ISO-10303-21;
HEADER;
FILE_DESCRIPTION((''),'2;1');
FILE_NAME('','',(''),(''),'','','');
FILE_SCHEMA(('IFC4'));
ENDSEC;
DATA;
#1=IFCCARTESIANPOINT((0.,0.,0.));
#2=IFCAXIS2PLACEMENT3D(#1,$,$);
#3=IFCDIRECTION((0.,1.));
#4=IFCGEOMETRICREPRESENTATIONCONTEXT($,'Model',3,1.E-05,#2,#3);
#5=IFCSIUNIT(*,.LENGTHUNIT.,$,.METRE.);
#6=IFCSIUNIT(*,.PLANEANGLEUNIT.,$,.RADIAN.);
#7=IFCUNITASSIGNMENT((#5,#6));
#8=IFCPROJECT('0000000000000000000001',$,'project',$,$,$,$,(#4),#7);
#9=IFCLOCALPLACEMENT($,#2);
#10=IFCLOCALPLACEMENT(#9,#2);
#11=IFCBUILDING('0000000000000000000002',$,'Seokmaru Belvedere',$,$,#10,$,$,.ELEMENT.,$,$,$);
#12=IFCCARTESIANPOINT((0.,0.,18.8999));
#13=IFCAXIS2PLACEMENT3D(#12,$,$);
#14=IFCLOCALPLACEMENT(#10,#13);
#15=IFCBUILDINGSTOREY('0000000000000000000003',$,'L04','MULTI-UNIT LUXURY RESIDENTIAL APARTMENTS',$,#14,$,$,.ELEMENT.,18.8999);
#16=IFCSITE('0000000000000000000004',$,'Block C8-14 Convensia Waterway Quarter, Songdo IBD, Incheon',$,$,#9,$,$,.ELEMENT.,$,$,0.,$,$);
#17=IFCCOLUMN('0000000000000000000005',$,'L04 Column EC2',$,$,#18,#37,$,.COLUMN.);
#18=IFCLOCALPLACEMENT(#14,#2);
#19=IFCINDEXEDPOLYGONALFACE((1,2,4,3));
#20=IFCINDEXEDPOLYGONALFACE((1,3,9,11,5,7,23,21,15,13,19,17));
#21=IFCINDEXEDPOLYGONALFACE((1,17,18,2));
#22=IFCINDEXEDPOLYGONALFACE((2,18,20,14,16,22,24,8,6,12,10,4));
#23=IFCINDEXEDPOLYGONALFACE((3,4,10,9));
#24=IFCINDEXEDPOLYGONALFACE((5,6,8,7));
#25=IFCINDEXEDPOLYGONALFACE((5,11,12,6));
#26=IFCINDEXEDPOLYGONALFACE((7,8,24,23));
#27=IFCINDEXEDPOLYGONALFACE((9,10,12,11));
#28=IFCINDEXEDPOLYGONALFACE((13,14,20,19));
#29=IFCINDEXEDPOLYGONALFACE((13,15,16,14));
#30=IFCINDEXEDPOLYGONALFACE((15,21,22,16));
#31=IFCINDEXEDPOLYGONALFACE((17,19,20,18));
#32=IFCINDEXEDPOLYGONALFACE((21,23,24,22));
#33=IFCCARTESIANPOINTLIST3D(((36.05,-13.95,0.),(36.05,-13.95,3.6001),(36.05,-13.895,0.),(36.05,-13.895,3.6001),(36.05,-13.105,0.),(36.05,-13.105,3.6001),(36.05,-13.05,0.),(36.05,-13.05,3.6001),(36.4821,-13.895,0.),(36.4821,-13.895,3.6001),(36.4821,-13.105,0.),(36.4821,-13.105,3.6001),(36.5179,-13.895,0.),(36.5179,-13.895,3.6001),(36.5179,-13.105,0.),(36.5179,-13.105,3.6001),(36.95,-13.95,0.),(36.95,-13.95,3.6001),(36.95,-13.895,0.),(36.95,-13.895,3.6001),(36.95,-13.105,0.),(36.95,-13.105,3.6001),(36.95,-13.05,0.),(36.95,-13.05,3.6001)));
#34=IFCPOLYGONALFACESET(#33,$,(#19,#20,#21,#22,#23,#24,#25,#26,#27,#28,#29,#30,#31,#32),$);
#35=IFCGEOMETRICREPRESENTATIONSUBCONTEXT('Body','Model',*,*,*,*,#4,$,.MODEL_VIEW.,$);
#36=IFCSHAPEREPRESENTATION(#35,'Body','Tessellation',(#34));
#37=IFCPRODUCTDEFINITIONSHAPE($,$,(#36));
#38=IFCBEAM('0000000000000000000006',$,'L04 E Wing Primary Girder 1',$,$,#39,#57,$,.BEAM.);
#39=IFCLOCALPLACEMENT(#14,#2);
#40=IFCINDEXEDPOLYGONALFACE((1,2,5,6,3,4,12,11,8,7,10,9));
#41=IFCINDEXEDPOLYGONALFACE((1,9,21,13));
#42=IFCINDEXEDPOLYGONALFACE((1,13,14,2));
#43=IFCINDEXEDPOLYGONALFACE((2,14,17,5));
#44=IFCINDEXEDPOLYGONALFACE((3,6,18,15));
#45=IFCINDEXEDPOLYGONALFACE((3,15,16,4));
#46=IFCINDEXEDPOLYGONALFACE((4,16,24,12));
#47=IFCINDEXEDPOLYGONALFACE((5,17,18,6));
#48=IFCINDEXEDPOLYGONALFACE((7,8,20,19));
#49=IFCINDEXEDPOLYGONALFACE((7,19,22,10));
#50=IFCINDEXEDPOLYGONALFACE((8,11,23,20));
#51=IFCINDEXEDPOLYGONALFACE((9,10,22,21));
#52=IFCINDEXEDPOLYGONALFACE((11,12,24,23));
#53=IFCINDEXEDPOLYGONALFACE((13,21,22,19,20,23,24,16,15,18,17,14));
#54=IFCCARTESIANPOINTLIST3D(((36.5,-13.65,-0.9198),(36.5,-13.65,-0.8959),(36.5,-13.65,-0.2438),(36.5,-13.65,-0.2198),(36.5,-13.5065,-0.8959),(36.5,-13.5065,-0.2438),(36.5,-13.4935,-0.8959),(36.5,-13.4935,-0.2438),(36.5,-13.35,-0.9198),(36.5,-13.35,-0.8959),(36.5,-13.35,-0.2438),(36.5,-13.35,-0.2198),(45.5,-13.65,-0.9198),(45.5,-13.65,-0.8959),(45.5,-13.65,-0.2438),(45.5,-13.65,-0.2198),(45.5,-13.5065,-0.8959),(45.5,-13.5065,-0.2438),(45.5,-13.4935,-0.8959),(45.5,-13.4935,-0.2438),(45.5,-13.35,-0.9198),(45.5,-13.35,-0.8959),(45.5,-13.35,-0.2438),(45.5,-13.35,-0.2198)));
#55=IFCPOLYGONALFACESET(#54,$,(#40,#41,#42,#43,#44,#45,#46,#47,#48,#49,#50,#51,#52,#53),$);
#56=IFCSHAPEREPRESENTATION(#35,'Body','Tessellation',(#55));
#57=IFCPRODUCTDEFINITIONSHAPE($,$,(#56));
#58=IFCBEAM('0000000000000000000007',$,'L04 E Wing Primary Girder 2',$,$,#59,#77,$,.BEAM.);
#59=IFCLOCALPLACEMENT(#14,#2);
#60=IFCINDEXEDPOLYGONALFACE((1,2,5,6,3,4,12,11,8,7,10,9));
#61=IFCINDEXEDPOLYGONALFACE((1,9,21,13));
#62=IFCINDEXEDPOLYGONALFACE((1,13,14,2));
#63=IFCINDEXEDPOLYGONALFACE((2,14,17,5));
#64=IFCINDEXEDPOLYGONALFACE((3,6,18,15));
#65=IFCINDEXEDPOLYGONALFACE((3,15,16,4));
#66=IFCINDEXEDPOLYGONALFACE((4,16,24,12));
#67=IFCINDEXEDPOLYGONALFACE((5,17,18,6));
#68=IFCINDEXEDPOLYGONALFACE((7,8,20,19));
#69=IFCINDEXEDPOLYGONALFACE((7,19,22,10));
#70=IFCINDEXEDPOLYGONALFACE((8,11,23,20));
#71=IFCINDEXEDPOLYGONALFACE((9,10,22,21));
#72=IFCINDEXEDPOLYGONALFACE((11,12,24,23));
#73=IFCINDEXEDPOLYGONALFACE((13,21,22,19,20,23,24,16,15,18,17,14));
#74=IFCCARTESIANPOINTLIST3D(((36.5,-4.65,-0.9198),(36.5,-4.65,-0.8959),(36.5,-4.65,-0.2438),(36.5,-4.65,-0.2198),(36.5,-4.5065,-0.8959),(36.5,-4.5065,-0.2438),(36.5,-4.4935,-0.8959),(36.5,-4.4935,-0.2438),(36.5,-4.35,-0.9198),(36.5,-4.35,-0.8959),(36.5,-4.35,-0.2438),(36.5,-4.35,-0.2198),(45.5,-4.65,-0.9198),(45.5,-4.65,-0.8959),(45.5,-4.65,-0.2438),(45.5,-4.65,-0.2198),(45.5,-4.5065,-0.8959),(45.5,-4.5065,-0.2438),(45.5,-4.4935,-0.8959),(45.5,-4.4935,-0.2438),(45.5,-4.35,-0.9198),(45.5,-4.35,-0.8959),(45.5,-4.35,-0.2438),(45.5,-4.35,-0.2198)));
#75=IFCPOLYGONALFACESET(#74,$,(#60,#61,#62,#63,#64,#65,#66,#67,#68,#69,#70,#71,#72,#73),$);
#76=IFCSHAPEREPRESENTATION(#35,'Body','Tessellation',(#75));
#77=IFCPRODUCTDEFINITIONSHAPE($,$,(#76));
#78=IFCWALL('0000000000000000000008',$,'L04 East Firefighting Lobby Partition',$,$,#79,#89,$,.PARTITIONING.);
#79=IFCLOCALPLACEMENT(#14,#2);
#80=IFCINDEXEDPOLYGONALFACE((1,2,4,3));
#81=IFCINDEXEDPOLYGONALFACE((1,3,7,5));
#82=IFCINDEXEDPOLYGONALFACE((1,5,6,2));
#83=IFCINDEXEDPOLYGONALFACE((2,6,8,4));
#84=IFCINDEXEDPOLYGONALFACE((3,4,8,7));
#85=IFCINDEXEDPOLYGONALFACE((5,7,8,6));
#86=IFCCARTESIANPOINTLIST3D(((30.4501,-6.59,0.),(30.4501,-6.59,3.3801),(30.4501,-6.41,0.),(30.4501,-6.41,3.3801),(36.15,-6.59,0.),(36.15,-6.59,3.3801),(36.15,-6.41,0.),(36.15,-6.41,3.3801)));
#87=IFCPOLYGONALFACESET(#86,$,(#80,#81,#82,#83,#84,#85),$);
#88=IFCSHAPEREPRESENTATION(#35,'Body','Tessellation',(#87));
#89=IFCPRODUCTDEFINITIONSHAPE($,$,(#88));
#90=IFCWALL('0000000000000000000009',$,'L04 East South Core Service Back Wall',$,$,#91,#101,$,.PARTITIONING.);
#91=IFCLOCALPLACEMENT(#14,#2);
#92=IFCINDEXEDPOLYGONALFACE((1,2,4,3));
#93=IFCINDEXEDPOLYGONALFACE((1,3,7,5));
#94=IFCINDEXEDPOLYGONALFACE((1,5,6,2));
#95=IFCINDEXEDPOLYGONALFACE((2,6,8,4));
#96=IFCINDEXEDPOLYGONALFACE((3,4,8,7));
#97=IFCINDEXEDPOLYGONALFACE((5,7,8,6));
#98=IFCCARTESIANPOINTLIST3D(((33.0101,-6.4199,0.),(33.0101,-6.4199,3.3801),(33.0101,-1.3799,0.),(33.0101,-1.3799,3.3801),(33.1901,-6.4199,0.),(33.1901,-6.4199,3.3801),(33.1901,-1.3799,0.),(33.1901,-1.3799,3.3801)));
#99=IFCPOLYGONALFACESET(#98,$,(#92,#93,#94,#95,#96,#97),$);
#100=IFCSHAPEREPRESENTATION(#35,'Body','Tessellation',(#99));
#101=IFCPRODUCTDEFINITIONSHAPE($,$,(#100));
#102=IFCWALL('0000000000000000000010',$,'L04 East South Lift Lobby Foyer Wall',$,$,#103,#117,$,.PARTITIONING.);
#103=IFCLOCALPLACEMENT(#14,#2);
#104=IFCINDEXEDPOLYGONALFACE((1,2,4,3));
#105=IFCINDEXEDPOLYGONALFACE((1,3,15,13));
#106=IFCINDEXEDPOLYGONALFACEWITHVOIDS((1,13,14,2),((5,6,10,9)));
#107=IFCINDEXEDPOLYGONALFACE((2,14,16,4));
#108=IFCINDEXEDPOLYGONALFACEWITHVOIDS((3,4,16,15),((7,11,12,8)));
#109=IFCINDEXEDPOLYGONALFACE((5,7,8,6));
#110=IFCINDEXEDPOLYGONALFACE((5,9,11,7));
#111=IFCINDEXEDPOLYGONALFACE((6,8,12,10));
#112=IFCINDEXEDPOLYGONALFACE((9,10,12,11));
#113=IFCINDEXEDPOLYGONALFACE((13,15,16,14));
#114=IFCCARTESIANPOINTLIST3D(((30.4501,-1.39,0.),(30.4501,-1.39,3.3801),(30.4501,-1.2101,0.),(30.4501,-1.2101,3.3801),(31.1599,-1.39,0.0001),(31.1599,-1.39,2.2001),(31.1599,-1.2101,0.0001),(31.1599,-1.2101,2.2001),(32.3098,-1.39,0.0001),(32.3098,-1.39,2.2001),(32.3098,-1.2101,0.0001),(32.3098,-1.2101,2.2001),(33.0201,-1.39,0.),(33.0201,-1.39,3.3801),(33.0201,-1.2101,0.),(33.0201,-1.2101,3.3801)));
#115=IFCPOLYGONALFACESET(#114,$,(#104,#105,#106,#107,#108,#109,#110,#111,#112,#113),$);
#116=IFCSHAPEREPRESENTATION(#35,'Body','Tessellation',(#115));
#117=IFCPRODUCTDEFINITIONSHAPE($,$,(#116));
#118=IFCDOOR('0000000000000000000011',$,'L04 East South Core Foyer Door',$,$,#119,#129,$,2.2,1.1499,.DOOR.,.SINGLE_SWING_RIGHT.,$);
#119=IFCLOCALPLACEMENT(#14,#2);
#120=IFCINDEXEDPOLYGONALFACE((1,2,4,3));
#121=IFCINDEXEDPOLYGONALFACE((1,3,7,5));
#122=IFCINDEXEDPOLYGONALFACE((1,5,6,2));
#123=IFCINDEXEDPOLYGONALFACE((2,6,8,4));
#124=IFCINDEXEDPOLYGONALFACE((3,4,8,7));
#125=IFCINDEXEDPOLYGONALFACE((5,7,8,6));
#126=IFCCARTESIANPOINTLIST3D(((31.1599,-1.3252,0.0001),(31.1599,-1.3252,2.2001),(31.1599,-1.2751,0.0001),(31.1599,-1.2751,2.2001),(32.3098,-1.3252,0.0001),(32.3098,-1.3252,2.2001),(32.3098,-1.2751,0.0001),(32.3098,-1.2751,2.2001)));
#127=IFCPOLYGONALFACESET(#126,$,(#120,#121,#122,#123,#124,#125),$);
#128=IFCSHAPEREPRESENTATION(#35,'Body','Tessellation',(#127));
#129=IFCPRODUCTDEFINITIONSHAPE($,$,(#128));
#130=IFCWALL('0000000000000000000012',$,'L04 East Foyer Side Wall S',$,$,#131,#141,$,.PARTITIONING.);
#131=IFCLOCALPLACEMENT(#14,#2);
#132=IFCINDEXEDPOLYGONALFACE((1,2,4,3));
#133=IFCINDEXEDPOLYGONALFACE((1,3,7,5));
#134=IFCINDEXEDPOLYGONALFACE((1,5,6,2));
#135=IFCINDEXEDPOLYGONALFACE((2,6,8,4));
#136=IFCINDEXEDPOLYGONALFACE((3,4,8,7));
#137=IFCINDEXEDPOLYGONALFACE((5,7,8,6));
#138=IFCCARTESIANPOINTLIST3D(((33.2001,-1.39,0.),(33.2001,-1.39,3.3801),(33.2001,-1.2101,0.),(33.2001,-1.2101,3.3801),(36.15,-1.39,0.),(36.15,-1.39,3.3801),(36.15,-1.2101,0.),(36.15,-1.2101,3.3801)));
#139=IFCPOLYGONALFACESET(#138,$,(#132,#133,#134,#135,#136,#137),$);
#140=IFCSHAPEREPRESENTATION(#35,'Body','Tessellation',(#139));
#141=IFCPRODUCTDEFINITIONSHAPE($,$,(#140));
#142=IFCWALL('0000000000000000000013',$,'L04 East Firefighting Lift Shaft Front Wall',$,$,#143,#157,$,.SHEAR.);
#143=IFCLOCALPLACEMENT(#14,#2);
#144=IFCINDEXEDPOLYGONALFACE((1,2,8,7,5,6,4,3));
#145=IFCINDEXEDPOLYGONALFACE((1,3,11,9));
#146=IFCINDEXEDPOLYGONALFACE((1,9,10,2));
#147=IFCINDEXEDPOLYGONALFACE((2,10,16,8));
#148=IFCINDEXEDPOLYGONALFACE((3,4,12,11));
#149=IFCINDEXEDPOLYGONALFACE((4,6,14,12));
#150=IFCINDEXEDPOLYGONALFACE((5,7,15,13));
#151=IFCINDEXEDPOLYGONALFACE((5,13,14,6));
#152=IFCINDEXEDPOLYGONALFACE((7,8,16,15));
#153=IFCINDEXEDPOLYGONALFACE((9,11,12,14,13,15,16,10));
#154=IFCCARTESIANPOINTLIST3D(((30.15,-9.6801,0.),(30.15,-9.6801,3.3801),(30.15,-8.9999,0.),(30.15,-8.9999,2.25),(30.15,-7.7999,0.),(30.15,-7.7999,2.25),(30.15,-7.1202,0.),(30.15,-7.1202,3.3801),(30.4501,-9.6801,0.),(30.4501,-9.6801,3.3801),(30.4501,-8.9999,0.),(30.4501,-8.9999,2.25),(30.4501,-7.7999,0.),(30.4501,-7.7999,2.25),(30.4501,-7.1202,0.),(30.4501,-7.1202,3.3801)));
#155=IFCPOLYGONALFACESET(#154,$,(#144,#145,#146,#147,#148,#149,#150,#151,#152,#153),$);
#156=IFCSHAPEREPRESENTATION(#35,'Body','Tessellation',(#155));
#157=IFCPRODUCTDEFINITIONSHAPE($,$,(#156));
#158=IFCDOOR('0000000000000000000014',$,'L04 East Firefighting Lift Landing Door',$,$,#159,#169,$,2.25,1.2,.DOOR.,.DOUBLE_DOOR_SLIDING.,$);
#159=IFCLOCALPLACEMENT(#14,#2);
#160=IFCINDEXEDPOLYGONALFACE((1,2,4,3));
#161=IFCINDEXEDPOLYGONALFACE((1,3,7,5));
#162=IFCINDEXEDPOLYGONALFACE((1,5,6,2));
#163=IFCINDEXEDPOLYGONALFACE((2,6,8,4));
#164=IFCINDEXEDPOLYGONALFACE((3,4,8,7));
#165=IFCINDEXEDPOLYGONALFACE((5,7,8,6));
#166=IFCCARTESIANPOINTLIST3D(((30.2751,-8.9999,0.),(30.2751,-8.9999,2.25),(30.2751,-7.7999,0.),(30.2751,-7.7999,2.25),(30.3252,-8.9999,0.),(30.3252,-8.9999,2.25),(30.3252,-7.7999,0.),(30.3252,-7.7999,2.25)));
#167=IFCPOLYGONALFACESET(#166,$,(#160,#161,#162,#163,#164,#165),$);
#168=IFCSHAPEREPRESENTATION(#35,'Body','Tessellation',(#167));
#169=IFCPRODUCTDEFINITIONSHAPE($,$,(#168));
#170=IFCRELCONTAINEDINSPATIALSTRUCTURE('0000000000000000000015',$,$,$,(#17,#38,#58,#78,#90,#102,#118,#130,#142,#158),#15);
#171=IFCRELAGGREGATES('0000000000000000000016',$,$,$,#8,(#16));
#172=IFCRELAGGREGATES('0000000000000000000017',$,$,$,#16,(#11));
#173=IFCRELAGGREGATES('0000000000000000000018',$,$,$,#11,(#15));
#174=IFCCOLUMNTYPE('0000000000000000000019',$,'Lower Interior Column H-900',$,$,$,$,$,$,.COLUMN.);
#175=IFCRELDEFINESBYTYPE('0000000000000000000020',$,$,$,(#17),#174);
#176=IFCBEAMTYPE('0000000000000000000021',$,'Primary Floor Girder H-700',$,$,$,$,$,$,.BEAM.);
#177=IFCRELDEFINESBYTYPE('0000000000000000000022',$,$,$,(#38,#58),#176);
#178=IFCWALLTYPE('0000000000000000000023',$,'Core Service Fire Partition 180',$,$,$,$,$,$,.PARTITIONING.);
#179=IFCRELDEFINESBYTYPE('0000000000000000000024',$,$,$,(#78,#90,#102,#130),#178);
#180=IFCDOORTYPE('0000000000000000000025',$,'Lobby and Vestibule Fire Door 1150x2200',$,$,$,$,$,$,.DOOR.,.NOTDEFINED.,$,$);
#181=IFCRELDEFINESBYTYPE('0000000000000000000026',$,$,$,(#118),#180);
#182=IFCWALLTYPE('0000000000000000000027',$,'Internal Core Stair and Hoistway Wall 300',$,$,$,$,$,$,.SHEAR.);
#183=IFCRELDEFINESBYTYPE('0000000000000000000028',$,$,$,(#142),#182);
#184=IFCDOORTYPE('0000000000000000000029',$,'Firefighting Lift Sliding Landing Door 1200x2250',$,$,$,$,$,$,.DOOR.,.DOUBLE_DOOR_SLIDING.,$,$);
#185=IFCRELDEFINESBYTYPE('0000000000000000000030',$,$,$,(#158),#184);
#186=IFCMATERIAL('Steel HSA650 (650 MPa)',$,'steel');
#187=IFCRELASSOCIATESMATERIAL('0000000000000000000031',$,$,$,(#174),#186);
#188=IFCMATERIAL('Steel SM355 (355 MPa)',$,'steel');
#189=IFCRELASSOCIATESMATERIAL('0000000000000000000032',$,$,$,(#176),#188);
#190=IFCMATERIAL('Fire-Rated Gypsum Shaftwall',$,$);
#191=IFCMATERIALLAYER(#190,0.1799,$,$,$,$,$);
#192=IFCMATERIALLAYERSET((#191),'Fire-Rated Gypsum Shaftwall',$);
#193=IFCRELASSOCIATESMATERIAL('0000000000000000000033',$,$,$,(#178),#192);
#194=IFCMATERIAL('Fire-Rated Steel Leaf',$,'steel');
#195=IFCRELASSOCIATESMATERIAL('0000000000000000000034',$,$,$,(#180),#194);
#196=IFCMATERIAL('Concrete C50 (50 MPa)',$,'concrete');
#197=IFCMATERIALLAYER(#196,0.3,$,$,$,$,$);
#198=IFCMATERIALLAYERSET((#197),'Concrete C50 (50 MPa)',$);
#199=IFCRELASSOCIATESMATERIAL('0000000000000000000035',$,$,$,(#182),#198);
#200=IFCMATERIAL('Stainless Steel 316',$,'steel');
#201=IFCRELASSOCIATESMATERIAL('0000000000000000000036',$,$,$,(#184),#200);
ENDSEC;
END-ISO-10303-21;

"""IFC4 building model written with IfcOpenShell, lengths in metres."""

from ifc_helpers import new_model, si_unit, direction, frame, frame_2d, origin, origin_2d, place, context, subcontext, project, spatial, rectangle, i_section, extrude, source, transform, mapped, material, layer, layer_set, material_profile, profile_set, type_object, type_shapes, element, fill, save


model = new_model("IFC4")

# Units and contexts
model_context = context("Model", 3, precision=1e-05, world=origin(), true_north=direction((0.0, 1.0)))
body_context = subcontext(model_context, "Body", "Model", "MODEL_VIEW")
ifc_project = project(units=[si_unit("LENGTHUNIT", "METRE"), si_unit("PLANEANGLEUNIT", "RADIAN")], contexts=[model_context])

# Site, building, storey
site_placement = place(None, origin())
site = spatial("IfcSite", under=ifc_project, at=site_placement, Name="Block C8-14 Convensia Waterway Quarter, Songdo IBD, Incheon", CompositionType="ELEMENT", RefElevation=0.0)
building_placement = place(site_placement, origin())
building = spatial("IfcBuilding", under=site, at=building_placement, Name="Seokmaru Belvedere", CompositionType="ELEMENT")
storey_placement = place(building_placement, frame((0.0, 0.0, 18.8999)))
storey = spatial("IfcBuildingStorey", under=building, at=storey_placement, Name="L04", Description="MULTI-UNIT LUXURY RESIDENTIAL APARTMENTS", CompositionType="ELEMENT", Elevation=18.8999)

# Column
ifc_material_1 = material(Name="Steel HSA650 (650 MPa)", Category="steel")
ifc_material_profile_1 = material_profile(ifc_material_1, i_section(OverallWidth=0.8999, OverallDepth=0.8999, WebThickness=0.0359, FlangeThickness=0.0549, at=origin_2d()), Name="H-900x900x36x55")
ifc_profile_set_1 = profile_set([ifc_material_profile_1], Name="Steel HSA650 (650 MPa)")
column_type = type_object("IfcColumnType", Name="Lower Interior Column H-900", PredefinedType="COLUMN", material=ifc_profile_set_1)
shared_shape_1 = source(origin(), body_context, "Body", "SweptSolid", [
    extrude(i_section(OverallWidth=0.8999, OverallDepth=0.8999, WebThickness=0.0359, FlangeThickness=0.0549, at=origin_2d()), origin(), (0.0, 0.0, 1.0), 3.6001),
])
type_shapes(column_type, [shared_shape_1])
column_placement = place(storey_placement, frame((36.5, -13.5, 0.0), z_axis=(0.0, 0.0, 1.0), x_axis=(1.0, 0.0, 0.0)))
element("IfcColumn", 1, at=column_placement, inside=storey, type_object=column_type, Name="L04 Column EC2", PredefinedType="COLUMN", context=body_context, shape_type="MappedRepresentation", body=[
    mapped(shared_shape_1, transform((0.0, 0.0, 0.0), scale=1.0)),
])

# Beams
ifc_material_2 = material(Name="Steel SM355 (355 MPa)", Category="steel")
ifc_material_profile_2 = material_profile(ifc_material_2, i_section(OverallWidth=0.3, OverallDepth=0.7, WebThickness=0.0129, FlangeThickness=0.0239, at=origin_2d()), Name="H-700x300x13x24")
ifc_profile_set_2 = profile_set([ifc_material_profile_2], Name="Steel SM355 (355 MPa)")
beam_type = type_object("IfcBeamType", Name="Primary Floor Girder H-700", PredefinedType="BEAM", material=ifc_profile_set_2)
shared_shape_2 = source(origin(), body_context, "Body", "SweptSolid", [
    extrude(i_section(OverallWidth=0.3, OverallDepth=0.7, WebThickness=0.0129, FlangeThickness=0.0239, at=origin_2d()), origin(), (0.0, 0.0, 1.0), 9.0),
])
type_shapes(beam_type, [shared_shape_2])
for number, where, z_axis, x_axis, name in (
    (2, (36.5, -13.5, -0.5698), (1.0, 0.0, 0.0), (0.0, 1.0, 0.0), "L04 E Wing Primary Girder 1"),
    (3, (36.5, -4.5, -0.5698), (1.0, 0.0, 0.0), (0.0, 1.0, 0.0), "L04 E Wing Primary Girder 2"),
):
    element("IfcBeam", number, at=place(storey_placement, frame(where, z_axis=z_axis, x_axis=x_axis)), inside=storey, type_object=beam_type, Name=name, PredefinedType="BEAM", context=body_context, shape_type="MappedRepresentation", body=[
        mapped(shared_shape_2, transform((0.0, 0.0, 0.0), scale=1.0)),
    ])

# Walls
ifc_material_3 = material(Name="Fire-Rated Gypsum Shaftwall")
ifc_layer_1 = layer(ifc_material_3, 0.1799)
ifc_layer_set_1 = layer_set([ifc_layer_1], Name="Fire-Rated Gypsum Shaftwall")
wall_type_1 = type_object("IfcWallType", Name="Core Service Fire Partition 180", PredefinedType="PARTITIONING", material=ifc_layer_set_1)
wall_1_placement = place(storey_placement, frame((30.45, -6.5, 0.0), z_axis=(0.0, 0.0, 1.0), x_axis=(1.0, 0.0, 0.0)))
element("IfcWall", 4, at=wall_1_placement, inside=storey, type_object=wall_type_1, Name="L04 East Firefighting Lobby Partition", PredefinedType="PARTITIONING", context=body_context, shape_type="SweptSolid", body=[
    extrude(rectangle(XDim=5.7, YDim=0.1799, at=frame_2d((2.8501, 0.0))), origin(), (0.0, 0.0, 1.0), 3.3801),
])
wall_2_placement = place(storey_placement, frame((33.1001, -6.4199, 0.0), z_axis=(0.0, 0.0, 1.0), x_axis=(0.0, 1.0, 0.0)))
element("IfcWall", 5, at=wall_2_placement, inside=storey, type_object=wall_type_1, Name="L04 East South Core Service Back Wall", PredefinedType="PARTITIONING", context=body_context, shape_type="SweptSolid", body=[
    extrude(rectangle(XDim=5.04, YDim=0.1799, at=frame_2d((2.52, 0.0))), origin(), (0.0, 0.0, 1.0), 3.3801),
])

# Wall, opening, door
wall_3_placement = place(storey_placement, frame((30.45, -1.3, 0.0), z_axis=(0.0, 0.0, 1.0), x_axis=(1.0, 0.0, 0.0)))
wall_3 = element("IfcWall", 6, at=wall_3_placement, inside=storey, type_object=wall_type_1, Name="L04 East South Lift Lobby Foyer Wall", PredefinedType="PARTITIONING", context=body_context, shape_type="SweptSolid", body=[
    extrude(rectangle(XDim=2.5701, YDim=0.1799, at=frame_2d((1.2852, 0.0))), origin(), (0.0, 0.0, 1.0), 3.3801),
])
opening_1_placement = place(wall_3_placement, frame((0.71, 0.0, 0.0)))
opening_1 = element("IfcOpeningElement", 7, at=opening_1_placement, cuts=wall_3, PredefinedType="OPENING", context=body_context, shape_type="SweptSolid", body=[
    extrude(rectangle(XDim=1.1499, YDim=2.2, at=frame_2d((0.575, 1.1001))), frame((0.0, 0.1001, 0.0), z_axis=(0.0, -1.0, 0.0), x_axis=(1.0, 0.0, 0.0)), (0.0, 0.0, 1.0), 0.2),
])
ifc_material_4 = material(Name="Fire-Rated Steel Leaf", Category="steel")
door_type_1 = type_object("IfcDoorType", Name="Lobby and Vestibule Fire Door 1150x2200", OperationType="NOTDEFINED", PredefinedType="DOOR", material=ifc_material_4)
shared_shape_3 = source(origin(), body_context, "Body", "SweptSolid", [
    extrude(rectangle(XDim=1.1499, YDim=2.2, at=frame_2d((0.575, 1.1001))), frame((0.0, 0.0249, 0.0), z_axis=(0.0, -1.0, 0.0), x_axis=(1.0, 0.0, 0.0)), (0.0, 0.0, 1.0), 0.05),
])
type_shapes(door_type_1, [shared_shape_3])
door_1_placement = place(opening_1_placement, origin())
door_1 = element("IfcDoor", 8, at=door_1_placement, inside=storey, type_object=door_type_1, Name="L04 East South Core Foyer Door", OperationType="SINGLE_SWING_RIGHT", OverallHeight=2.2, OverallWidth=1.1499, PredefinedType="DOOR", context=body_context, shape_type="MappedRepresentation", body=[
    mapped(shared_shape_3, transform((0.0, 0.0, 0.0), scale=1.0)),
])
fill(opening_1, door_1)

# Wall
wall_4_placement = place(storey_placement, frame((33.2, -1.3, 0.0), z_axis=(0.0, 0.0, 1.0), x_axis=(1.0, 0.0, 0.0)))
element("IfcWall", 9, at=wall_4_placement, inside=storey, type_object=wall_type_1, Name="L04 East Foyer Side Wall S", PredefinedType="PARTITIONING", context=body_context, shape_type="SweptSolid", body=[
    extrude(rectangle(XDim=2.95, YDim=0.1799, at=frame_2d((1.4751, 0.0))), origin(), (0.0, 0.0, 1.0), 3.3801),
])

# Wall, opening, door
ifc_material_5 = material(Name="Concrete C50 (50 MPa)", Category="concrete")
ifc_layer_2 = layer(ifc_material_5, 0.3)
ifc_layer_set_2 = layer_set([ifc_layer_2], Name="Concrete C50 (50 MPa)")
wall_type_2 = type_object("IfcWallType", Name="Internal Core Stair and Hoistway Wall 300", PredefinedType="SHEAR", material=ifc_layer_set_2)
wall_5_placement = place(storey_placement, frame((30.3, -9.6799, 0.0), z_axis=(0.0, 0.0, 1.0), x_axis=(0.0, 1.0, 0.0)))
wall_5 = element("IfcWall", 10, at=wall_5_placement, inside=storey, type_object=wall_type_2, Name="L04 East Firefighting Lift Shaft Front Wall", PredefinedType="SHEAR", context=body_context, shape_type="SweptSolid", body=[
    extrude(rectangle(XDim=2.5598, YDim=0.3, at=frame_2d((1.2798, 0.0))), origin(), (0.0, 0.0, 1.0), 3.3801),
])
opening_2_placement = place(wall_5_placement, frame((0.6799, 0.0, 0.0)))
opening_2 = element("IfcOpeningElement", 11, at=opening_2_placement, cuts=wall_5, PredefinedType="OPENING", context=body_context, shape_type="SweptSolid", body=[
    extrude(rectangle(XDim=1.2, YDim=2.25, at=frame_2d((0.6001, 1.125))), frame((0.0, 0.1602, 0.0), z_axis=(0.0, -1.0, 0.0), x_axis=(1.0, 0.0, 0.0)), (0.0, 0.0, 1.0), 0.3201),
])
ifc_material_6 = material(Name="Stainless Steel 316", Category="steel")
door_type_2 = type_object("IfcDoorType", Name="Firefighting Lift Sliding Landing Door 1200x2250", OperationType="DOUBLE_DOOR_SLIDING", PredefinedType="DOOR", material=ifc_material_6)
shared_shape_4 = source(origin(), body_context, "Body", "SweptSolid", [
    extrude(rectangle(XDim=1.2, YDim=2.25, at=frame_2d((0.6001, 1.125))), frame((0.0, 0.0249, 0.0), z_axis=(0.0, -1.0, 0.0), x_axis=(1.0, 0.0, 0.0)), (0.0, 0.0, 1.0), 0.05),
])
type_shapes(door_type_2, [shared_shape_4])
door_2_placement = place(opening_2_placement, origin())
door_2 = element("IfcDoor", 12, at=door_2_placement, inside=storey, type_object=door_type_2, Name="L04 East Firefighting Lift Landing Door", OperationType="DOUBLE_DOOR_SLIDING", OverallHeight=2.25, OverallWidth=1.2, PredefinedType="DOOR", context=body_context, shape_type="MappedRepresentation", body=[
    mapped(shared_shape_4, transform((0.0, 0.0, 0.0), scale=1.0)),
])
fill(opening_2, door_2)

save(model, "model.ifc")
